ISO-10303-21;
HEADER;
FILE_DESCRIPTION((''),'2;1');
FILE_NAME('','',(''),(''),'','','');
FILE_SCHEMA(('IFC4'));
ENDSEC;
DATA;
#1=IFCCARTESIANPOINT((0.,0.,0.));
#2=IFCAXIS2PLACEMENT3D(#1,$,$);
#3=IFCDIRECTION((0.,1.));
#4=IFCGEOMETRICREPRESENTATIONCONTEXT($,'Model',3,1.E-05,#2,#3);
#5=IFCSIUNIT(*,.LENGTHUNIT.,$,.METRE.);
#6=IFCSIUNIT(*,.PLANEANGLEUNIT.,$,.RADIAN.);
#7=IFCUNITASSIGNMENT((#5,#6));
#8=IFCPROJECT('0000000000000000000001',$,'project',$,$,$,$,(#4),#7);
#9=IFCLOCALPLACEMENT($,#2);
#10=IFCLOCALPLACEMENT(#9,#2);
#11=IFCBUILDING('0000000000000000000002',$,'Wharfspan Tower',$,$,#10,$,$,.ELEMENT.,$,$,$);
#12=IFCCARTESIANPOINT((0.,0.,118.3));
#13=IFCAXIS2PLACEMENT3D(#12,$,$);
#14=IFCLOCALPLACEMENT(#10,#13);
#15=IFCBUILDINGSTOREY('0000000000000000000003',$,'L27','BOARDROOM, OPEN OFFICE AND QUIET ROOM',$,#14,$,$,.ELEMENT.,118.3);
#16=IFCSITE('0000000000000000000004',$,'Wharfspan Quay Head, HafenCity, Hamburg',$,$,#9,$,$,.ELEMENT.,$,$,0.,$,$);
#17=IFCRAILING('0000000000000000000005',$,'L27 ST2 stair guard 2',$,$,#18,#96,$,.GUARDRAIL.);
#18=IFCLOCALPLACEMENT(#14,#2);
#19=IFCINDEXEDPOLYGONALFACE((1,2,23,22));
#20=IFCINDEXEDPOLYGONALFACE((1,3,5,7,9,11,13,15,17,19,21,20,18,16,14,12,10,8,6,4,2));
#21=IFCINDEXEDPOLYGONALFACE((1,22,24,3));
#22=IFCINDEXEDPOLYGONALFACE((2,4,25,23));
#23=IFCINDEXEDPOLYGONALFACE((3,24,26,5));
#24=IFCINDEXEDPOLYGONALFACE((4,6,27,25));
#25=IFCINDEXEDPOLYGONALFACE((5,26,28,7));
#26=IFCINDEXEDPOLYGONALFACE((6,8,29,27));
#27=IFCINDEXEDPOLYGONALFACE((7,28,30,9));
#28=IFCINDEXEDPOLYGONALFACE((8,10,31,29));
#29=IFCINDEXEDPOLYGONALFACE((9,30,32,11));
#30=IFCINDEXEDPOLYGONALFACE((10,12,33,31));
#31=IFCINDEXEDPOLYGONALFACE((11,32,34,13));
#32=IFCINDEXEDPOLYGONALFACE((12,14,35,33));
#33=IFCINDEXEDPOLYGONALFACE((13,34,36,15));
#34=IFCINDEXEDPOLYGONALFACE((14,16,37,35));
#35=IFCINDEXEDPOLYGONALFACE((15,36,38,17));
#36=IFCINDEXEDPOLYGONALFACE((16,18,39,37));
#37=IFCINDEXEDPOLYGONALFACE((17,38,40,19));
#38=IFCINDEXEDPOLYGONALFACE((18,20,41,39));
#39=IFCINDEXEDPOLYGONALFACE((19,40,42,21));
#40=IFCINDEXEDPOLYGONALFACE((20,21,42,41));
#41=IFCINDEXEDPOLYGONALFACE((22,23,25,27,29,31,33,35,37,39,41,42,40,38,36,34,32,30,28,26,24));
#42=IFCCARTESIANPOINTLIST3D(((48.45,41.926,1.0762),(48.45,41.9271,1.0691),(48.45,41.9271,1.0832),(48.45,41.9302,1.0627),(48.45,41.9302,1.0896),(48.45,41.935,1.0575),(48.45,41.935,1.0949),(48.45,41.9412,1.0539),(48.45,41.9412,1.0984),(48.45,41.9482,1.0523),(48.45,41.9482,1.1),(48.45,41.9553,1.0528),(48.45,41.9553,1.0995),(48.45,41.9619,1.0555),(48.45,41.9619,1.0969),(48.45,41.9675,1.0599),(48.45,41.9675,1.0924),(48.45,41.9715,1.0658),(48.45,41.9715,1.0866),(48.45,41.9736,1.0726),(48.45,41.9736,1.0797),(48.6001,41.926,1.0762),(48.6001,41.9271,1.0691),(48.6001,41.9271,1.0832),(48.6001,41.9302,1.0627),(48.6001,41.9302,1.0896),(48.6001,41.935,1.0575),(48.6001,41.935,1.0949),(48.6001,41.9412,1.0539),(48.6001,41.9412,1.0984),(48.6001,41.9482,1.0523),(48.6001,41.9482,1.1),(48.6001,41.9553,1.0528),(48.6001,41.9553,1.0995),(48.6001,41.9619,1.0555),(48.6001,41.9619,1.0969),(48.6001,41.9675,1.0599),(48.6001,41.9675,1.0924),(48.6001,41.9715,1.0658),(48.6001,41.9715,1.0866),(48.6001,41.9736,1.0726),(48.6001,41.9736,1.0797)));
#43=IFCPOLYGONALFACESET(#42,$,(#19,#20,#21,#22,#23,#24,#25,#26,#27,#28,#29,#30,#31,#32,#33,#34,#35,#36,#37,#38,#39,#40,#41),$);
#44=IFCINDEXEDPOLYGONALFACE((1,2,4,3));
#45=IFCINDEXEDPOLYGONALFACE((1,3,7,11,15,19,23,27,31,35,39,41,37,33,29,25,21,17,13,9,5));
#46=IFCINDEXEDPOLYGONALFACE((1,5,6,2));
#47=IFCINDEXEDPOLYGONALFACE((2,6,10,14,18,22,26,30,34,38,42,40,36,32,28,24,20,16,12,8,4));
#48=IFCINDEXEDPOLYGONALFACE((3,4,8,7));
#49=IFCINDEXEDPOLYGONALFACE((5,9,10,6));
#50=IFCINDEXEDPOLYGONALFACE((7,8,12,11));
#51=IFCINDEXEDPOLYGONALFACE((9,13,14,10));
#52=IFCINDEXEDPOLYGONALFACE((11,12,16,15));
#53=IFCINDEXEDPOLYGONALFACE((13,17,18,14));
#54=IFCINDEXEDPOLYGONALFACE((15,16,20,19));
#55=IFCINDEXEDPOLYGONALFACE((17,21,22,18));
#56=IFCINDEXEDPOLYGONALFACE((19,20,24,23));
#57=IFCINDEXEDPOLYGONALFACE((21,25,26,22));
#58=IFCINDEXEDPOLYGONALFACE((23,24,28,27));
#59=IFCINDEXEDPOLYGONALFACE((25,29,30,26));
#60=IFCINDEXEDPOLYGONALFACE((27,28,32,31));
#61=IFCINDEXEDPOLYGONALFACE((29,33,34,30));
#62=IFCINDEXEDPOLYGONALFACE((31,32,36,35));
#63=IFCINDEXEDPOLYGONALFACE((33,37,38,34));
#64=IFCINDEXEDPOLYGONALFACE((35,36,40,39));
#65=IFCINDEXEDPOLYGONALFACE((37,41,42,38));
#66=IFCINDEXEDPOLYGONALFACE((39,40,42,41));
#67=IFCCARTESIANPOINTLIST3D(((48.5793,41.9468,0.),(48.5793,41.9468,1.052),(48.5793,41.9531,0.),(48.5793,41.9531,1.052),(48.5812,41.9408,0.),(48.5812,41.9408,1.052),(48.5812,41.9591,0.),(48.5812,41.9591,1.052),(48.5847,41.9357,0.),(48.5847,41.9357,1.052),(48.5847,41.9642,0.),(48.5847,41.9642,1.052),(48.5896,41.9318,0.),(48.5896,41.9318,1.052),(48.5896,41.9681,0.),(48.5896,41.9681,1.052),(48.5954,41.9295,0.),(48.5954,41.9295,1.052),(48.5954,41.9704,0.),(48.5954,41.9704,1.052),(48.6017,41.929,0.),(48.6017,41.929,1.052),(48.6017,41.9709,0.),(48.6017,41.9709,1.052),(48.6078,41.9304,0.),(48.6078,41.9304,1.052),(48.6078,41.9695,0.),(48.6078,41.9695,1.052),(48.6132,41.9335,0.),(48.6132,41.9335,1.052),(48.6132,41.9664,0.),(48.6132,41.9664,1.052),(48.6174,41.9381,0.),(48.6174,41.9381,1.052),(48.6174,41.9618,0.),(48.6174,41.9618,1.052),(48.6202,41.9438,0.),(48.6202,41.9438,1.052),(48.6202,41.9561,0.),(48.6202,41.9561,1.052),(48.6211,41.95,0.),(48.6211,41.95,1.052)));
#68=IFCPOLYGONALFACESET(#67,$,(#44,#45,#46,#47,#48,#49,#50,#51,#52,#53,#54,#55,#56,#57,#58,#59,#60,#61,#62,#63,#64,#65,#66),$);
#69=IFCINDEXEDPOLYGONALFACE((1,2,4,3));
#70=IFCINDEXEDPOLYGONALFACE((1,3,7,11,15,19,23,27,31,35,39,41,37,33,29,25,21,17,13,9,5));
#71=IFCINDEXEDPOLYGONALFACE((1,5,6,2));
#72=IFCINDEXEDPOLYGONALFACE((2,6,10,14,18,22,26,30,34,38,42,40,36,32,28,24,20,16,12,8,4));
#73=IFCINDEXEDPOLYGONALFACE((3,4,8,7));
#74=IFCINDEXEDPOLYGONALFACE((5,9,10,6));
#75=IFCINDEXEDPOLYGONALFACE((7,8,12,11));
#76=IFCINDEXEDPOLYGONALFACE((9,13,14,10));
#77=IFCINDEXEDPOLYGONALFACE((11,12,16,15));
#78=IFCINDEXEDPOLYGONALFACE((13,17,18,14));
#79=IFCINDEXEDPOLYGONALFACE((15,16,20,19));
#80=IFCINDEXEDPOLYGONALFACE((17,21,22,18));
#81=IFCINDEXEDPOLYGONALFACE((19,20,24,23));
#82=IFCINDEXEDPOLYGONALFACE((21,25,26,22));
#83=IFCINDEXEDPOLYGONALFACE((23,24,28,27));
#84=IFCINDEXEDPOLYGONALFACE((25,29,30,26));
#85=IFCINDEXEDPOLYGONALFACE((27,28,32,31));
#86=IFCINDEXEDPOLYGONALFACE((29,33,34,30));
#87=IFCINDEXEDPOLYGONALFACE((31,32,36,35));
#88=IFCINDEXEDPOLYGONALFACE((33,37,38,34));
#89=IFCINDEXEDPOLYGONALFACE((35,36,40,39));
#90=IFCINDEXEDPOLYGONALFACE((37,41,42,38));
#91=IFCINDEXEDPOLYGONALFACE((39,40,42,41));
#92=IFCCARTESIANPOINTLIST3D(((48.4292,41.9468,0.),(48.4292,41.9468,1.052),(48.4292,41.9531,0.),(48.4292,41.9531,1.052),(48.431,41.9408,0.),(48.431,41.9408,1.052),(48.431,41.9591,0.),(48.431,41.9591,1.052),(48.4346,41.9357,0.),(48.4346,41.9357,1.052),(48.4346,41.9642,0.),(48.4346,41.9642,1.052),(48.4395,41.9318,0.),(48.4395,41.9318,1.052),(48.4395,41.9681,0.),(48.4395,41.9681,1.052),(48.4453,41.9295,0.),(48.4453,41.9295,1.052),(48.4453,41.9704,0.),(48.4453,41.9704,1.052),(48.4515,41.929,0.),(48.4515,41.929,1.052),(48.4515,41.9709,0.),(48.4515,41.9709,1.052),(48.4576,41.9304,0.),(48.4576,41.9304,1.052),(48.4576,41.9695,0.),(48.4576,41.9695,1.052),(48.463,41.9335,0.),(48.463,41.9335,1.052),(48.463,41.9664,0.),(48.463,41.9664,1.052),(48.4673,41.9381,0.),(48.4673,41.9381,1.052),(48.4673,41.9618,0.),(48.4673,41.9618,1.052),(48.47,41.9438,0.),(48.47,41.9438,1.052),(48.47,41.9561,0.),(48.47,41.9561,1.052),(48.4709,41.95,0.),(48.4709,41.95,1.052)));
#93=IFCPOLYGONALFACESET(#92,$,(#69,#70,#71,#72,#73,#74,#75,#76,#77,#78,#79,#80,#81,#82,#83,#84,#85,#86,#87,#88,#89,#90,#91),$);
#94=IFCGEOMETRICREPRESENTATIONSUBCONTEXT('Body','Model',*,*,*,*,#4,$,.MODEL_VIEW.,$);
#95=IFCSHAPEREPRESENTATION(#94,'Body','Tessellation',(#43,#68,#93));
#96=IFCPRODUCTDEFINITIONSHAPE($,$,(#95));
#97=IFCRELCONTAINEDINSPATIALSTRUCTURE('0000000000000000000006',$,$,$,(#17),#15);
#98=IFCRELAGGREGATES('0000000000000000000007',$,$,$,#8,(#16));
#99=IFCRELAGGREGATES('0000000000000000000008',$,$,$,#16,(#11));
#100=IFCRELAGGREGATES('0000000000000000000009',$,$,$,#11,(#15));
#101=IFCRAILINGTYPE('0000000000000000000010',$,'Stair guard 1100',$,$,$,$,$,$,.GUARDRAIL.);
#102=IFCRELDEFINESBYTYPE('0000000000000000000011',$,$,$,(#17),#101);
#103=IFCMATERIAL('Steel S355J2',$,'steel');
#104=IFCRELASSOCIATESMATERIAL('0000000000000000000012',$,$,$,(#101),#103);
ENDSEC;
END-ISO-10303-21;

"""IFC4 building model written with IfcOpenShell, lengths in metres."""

from ifc_helpers import new_model, si_unit, direction, frame, origin, origin_2d, place, context, subcontext, project, spatial, circle, extrude, material, type_object, element, save


model = new_model("IFC4")

# Units and contexts
model_context = context("Model", 3, precision=1e-05, world=origin(), true_north=direction((0.0, 1.0)))
body_context = subcontext(model_context, "Body", "Model", "MODEL_VIEW")
ifc_project = project(units=[si_unit("LENGTHUNIT", "METRE"), si_unit("PLANEANGLEUNIT", "RADIAN")], contexts=[model_context])

# Site, building, storey
site_placement = place(None, origin())
site = spatial("IfcSite", under=ifc_project, at=site_placement, Name="Wharfspan Quay Head, HafenCity, Hamburg", CompositionType="ELEMENT", RefElevation=0.0)
building_placement = place(site_placement, origin())
building = spatial("IfcBuilding", under=site, at=building_placement, Name="Wharfspan Tower", CompositionType="ELEMENT")
storey_placement = place(building_placement, frame((0.0, 0.0, 118.3)))
storey = spatial("IfcBuildingStorey", under=building, at=storey_placement, Name="L27", Description="BOARDROOM, OPEN OFFICE AND QUIET ROOM", CompositionType="ELEMENT", Elevation=118.3)

# Shared definitions
ifc_material_1 = material(Name="Steel S355J2", Category="steel")

# Railing
railing_type_1 = type_object("IfcRailingType", Name="Stair guard 1100", PredefinedType="GUARDRAIL", material=ifc_material_1)
railing_1_placement = place(storey_placement, frame((48.6001, 41.95, 0.0)))
element("IfcRailing", 1, at=railing_1_placement, inside=storey, type_object=railing_type_1, Name="L27 ST2 stair guard 2", PredefinedType="GUARDRAIL", context=body_context, shape_type="SweptSolid", body=[
    extrude(circle(Radius=0.0239, at=origin_2d()), frame((0.0, 0.0, 1.0762), z_axis=(-1.0, 0.0, 0.0), x_axis=(0.0, -1.0, 0.0)), (0.0, 0.0, 1.0), 0.1501),
    extrude(circle(Radius=0.021, at=origin_2d()), origin(), (0.0, 0.0, 1.0), 1.052),
    extrude(circle(Radius=0.021, at=origin_2d()), frame((-0.1501, 0.0, 0.0)), (0.0, 0.0, 1.0), 1.052),
])

save(model, "model.ifc")
